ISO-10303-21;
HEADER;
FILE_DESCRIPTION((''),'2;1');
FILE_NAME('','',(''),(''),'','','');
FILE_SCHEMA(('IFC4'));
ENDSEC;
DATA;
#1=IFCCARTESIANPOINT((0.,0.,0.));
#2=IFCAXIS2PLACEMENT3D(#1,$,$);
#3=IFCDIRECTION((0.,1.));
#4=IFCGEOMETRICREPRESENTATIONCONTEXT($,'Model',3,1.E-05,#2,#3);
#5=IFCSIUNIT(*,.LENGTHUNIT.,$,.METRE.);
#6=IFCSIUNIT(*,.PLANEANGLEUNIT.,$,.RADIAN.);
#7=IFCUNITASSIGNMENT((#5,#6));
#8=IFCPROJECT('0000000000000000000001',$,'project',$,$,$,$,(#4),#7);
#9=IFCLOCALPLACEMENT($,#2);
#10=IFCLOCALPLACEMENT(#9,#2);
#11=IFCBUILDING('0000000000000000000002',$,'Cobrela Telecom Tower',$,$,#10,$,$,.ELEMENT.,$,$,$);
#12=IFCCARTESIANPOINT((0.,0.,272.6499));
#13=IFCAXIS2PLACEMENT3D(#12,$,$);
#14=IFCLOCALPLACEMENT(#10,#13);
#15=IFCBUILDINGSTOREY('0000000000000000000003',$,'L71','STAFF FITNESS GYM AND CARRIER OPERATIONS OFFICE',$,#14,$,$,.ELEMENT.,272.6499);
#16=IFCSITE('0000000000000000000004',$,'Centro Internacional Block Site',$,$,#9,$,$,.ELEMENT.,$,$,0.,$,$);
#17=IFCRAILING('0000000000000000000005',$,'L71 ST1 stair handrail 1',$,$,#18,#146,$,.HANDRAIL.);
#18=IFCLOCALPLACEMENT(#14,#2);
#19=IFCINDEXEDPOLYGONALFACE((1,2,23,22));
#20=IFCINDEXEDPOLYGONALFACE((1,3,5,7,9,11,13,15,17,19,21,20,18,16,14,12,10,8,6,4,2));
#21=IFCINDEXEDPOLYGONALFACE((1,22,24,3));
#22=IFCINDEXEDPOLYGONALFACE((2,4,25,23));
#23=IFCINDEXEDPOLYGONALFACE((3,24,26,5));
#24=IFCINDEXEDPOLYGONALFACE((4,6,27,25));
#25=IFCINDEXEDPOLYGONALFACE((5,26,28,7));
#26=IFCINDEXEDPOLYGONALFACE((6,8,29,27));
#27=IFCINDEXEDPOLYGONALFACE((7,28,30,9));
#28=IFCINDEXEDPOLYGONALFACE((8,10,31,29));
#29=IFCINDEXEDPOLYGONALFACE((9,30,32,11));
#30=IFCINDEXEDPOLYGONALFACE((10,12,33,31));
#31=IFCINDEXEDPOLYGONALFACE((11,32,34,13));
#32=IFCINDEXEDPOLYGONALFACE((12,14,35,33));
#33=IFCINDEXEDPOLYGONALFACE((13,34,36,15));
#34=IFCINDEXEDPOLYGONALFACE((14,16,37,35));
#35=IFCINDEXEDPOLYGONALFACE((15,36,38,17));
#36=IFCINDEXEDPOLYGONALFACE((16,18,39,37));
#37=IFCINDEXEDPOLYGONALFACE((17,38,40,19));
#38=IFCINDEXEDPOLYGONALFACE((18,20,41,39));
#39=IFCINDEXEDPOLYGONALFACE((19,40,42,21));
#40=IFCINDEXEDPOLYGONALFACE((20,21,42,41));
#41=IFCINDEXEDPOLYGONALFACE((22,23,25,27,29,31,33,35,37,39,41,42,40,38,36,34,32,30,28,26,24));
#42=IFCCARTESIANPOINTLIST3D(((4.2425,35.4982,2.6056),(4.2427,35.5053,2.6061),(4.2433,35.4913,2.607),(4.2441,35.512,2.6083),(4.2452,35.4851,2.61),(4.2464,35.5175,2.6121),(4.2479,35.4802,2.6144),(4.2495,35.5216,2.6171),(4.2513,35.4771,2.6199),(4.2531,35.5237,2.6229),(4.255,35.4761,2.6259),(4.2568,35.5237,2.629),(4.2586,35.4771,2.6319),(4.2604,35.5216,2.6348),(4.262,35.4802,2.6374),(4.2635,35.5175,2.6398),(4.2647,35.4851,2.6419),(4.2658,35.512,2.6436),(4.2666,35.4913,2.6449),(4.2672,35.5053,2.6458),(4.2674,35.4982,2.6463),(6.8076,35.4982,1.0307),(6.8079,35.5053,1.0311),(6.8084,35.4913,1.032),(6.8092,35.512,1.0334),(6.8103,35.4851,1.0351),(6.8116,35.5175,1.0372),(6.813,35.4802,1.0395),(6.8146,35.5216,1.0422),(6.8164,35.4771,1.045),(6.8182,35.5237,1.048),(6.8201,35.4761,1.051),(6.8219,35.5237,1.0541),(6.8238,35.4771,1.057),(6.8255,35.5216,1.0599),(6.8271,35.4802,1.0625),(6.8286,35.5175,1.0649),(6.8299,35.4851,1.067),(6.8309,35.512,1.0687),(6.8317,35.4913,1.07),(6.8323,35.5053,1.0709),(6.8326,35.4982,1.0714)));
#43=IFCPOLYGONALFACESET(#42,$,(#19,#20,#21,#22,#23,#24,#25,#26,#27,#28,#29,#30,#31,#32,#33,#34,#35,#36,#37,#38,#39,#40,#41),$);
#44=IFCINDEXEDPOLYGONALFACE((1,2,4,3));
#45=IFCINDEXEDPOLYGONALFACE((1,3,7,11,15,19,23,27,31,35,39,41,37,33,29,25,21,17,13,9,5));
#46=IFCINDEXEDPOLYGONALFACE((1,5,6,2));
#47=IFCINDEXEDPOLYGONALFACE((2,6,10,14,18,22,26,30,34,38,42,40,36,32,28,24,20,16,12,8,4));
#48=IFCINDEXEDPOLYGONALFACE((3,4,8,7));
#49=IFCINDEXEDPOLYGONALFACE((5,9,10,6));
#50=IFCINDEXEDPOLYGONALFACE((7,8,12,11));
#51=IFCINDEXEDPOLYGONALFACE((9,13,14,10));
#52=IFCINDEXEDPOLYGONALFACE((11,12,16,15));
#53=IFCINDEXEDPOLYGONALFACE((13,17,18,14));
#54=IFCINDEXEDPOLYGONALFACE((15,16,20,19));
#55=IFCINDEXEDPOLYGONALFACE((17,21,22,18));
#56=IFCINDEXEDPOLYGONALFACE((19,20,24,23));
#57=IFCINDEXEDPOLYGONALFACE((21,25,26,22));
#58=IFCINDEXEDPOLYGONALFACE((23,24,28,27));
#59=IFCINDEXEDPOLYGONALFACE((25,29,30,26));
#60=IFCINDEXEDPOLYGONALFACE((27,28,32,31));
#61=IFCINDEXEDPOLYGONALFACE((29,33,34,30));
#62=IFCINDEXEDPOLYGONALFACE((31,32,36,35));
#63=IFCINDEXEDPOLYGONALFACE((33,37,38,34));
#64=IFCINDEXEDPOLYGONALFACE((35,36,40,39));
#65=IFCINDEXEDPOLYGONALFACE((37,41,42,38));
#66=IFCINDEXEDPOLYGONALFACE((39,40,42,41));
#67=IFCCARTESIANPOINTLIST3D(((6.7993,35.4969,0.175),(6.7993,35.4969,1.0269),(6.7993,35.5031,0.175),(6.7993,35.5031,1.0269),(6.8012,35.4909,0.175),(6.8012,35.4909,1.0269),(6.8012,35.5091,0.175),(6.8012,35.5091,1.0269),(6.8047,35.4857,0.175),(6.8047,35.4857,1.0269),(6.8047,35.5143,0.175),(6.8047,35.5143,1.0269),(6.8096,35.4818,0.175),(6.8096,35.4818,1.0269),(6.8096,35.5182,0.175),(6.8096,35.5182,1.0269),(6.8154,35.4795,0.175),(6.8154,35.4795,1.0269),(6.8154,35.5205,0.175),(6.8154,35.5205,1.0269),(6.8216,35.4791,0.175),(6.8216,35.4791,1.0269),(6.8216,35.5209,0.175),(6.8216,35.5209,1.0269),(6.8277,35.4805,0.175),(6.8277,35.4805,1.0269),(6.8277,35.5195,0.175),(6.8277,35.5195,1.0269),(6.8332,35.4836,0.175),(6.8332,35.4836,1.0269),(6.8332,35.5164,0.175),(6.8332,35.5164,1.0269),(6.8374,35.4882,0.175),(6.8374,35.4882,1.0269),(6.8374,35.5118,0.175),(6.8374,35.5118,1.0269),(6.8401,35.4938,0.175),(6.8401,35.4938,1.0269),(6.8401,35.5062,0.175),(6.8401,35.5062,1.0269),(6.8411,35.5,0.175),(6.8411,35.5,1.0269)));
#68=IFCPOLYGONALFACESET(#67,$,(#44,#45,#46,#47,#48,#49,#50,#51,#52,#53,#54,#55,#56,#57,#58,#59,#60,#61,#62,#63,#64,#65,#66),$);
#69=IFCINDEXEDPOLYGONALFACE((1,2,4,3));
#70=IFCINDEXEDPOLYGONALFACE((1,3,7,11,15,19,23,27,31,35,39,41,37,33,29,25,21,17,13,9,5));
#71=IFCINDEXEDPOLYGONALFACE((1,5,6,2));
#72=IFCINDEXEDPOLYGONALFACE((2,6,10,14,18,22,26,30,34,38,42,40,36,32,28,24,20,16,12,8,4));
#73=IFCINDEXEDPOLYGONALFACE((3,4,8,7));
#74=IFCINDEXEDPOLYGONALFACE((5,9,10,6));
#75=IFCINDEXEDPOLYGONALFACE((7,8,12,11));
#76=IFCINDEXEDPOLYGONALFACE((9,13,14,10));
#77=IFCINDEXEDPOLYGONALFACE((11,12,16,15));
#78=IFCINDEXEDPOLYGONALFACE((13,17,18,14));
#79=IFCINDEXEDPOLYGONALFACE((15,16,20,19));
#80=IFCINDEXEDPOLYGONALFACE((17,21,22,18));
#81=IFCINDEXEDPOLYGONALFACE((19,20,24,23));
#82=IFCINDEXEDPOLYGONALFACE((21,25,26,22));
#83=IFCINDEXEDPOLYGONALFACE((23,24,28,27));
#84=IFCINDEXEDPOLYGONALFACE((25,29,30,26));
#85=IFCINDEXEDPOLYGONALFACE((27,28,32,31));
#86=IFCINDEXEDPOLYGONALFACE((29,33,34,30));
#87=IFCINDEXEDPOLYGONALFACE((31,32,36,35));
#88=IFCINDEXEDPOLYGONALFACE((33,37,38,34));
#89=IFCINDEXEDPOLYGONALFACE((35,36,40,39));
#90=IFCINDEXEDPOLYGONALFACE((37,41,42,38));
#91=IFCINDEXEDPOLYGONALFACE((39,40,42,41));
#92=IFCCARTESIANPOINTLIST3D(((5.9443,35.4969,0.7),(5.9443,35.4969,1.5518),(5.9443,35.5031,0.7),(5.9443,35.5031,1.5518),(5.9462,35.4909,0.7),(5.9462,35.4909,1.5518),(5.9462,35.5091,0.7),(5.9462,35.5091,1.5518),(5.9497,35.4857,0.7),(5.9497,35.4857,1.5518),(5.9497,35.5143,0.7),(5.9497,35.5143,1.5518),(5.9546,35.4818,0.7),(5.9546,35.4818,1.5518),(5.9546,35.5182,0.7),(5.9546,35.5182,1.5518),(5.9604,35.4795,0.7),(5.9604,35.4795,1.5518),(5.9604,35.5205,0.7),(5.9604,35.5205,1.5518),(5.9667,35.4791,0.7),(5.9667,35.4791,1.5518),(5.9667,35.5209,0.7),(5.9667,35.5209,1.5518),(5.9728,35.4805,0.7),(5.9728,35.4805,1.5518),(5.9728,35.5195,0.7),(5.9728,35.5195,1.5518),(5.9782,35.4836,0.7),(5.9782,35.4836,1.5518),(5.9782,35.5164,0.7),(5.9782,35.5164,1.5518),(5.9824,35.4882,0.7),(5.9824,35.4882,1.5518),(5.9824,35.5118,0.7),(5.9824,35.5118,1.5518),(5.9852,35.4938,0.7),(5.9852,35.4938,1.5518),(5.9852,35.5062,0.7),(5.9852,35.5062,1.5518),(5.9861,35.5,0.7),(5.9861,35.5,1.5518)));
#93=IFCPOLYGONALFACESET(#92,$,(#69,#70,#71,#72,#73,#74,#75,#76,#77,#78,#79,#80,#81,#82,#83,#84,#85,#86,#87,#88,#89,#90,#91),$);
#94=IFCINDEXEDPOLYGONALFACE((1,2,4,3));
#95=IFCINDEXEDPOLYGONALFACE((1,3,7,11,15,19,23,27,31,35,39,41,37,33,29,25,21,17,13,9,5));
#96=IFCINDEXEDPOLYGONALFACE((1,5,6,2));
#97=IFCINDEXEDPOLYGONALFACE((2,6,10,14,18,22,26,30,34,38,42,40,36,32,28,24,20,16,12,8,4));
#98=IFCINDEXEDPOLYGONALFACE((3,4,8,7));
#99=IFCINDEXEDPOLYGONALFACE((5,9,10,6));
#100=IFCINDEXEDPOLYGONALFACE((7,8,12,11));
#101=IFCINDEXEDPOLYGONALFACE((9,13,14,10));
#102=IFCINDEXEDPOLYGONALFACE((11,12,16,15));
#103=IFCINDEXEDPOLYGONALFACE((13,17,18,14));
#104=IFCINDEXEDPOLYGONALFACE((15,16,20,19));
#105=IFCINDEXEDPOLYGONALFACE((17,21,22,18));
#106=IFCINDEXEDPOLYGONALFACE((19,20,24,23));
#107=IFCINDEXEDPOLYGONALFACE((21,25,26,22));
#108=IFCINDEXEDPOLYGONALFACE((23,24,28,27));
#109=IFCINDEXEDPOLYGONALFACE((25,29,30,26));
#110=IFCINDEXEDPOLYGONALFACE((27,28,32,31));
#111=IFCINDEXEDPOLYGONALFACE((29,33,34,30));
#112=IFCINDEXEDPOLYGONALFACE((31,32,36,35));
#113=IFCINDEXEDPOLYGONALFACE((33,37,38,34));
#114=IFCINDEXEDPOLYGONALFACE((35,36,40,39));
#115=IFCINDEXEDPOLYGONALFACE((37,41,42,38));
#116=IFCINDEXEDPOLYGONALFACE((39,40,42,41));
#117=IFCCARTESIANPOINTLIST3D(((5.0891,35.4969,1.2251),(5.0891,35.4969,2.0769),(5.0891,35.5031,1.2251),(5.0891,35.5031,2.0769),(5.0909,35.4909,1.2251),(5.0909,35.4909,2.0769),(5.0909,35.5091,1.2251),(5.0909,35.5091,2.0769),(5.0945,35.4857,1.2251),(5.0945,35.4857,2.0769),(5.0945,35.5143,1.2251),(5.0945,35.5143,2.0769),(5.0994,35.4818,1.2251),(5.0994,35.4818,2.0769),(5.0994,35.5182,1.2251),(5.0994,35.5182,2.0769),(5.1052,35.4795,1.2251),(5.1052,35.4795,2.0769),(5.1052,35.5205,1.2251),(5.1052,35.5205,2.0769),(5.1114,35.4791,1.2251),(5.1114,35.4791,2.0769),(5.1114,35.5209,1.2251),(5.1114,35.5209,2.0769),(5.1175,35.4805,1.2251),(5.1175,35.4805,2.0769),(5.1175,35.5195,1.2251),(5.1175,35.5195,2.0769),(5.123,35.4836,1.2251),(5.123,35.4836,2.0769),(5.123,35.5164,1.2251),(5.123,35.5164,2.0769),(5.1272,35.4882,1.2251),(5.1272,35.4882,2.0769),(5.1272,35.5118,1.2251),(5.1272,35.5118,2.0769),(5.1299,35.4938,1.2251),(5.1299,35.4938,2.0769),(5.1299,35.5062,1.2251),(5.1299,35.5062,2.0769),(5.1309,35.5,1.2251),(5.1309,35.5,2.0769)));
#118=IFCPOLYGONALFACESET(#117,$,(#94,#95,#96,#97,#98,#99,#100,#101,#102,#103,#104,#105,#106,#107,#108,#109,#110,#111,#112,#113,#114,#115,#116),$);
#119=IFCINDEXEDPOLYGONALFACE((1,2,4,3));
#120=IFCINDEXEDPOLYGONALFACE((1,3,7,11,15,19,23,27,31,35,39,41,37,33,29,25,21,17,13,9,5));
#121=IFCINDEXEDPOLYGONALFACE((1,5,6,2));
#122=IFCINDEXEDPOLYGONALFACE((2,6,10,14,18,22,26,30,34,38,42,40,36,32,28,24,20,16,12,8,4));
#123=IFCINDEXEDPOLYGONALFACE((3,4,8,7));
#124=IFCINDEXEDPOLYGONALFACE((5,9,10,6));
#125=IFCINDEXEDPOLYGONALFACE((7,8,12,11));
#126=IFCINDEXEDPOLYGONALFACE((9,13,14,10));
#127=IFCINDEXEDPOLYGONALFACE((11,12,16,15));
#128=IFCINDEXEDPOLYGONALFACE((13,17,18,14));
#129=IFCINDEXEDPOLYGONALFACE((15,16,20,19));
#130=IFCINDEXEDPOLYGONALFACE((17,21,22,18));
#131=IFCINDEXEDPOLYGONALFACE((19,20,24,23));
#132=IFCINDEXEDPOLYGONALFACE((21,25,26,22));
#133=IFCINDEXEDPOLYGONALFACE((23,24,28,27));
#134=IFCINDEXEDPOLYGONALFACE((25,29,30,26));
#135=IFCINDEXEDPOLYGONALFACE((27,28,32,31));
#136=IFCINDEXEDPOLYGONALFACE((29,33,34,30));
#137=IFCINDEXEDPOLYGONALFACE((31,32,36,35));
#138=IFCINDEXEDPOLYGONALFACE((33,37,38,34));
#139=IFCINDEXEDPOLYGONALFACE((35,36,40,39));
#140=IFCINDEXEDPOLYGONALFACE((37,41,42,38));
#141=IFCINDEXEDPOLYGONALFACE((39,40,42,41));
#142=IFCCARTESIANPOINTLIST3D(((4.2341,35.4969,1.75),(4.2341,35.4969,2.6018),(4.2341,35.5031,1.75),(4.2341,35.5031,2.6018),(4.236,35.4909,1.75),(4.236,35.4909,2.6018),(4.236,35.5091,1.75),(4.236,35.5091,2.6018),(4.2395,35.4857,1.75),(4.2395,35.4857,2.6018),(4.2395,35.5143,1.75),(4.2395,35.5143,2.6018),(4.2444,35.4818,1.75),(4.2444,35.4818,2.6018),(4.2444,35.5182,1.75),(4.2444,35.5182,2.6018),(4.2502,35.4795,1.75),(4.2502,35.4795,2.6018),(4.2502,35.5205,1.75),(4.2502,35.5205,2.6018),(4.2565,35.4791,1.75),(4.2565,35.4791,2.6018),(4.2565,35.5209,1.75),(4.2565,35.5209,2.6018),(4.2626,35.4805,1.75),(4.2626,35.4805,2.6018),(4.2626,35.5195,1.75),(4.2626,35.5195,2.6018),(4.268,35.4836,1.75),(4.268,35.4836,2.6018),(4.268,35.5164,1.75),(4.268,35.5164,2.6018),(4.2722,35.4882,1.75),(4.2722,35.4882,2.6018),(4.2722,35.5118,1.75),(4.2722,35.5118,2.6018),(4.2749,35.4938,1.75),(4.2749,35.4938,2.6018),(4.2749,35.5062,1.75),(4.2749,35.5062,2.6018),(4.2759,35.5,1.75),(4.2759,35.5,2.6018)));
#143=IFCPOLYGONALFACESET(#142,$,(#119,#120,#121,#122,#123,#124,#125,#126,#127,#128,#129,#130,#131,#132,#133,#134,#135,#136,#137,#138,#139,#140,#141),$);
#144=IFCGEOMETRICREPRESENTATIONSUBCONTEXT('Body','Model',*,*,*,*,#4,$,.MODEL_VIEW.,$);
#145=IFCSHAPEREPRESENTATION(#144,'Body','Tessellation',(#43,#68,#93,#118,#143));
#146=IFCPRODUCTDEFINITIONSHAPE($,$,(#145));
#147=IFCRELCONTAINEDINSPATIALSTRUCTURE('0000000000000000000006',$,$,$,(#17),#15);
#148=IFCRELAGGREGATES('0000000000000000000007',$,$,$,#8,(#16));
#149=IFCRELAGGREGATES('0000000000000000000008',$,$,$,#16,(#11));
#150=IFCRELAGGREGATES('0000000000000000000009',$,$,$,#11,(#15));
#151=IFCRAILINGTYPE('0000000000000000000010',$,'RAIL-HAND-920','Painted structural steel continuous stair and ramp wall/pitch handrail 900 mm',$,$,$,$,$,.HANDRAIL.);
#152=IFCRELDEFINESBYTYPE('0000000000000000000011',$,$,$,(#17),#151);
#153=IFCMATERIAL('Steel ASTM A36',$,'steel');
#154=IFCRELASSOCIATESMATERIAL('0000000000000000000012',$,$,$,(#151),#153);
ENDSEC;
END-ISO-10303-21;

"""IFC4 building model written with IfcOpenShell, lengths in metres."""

from ifc_helpers import new_model, si_unit, direction, frame, origin, origin_2d, place, context, subcontext, project, spatial, circle, extrude, material, type_object, element, save


model = new_model("IFC4")

# Units and contexts
model_context = context("Model", 3, precision=1e-05, world=origin(), true_north=direction((0.0, 1.0)))
body_context = subcontext(model_context, "Body", "Model", "MODEL_VIEW")
ifc_project = project(units=[si_unit("LENGTHUNIT", "METRE"), si_unit("PLANEANGLEUNIT", "RADIAN")], contexts=[model_context])

# Site, building, storey
site_placement = place(None, origin())
site = spatial("IfcSite", under=ifc_project, at=site_placement, Name="Centro Internacional Block Site", CompositionType="ELEMENT", RefElevation=0.0)
building_placement = place(site_placement, origin())
building = spatial("IfcBuilding", under=site, at=building_placement, Name="Cobrela Telecom Tower", CompositionType="ELEMENT")
storey_placement = place(building_placement, frame((0.0, 0.0, 272.6499)))
storey = spatial("IfcBuildingStorey", under=building, at=storey_placement, Name="L71", Description="STAFF FITNESS GYM AND CARRIER OPERATIONS OFFICE", CompositionType="ELEMENT", Elevation=272.6499)

# Shared definitions
ifc_material_1 = material(Name="Steel ASTM A36", Category="steel")

# Railing
railing_type_1 = type_object("IfcRailingType", Name="RAIL-HAND-920", Description="Painted structural steel continuous stair and ramp wall/pitch handrail 900 mm", PredefinedType="HANDRAIL", material=ifc_material_1)
railing_1_placement = place(storey_placement, frame((6.8201, 35.5, 0.175)))
element("IfcRailing", 1, at=railing_1_placement, inside=storey, type_object=railing_type_1, Name="L71 ST1 stair handrail 1", PredefinedType="HANDRAIL", context=body_context, shape_type="SweptSolid", body=[
    extrude(circle(Radius=0.0239, at=origin_2d()), frame((0.0, 0.0, 0.876), z_axis=(-0.852195, 0.0, 0.523224), x_axis=(0.0, -1.0, 0.0)), (0.0, 0.0, 1.0), 3.01),
    extrude(circle(Radius=0.021, at=origin_2d()), origin(), (0.0, 0.0, 1.0), 0.8518),
    extrude(circle(Radius=0.021, at=origin_2d()), frame((-0.855, 0.0, 0.5249)), (0.0, 0.0, 1.0), 0.8518),
    extrude(circle(Radius=0.021, at=origin_2d()), frame((-1.7102, 0.0, 1.05)), (0.0, 0.0, 1.0), 0.8518),
    extrude(circle(Radius=0.021, at=origin_2d()), frame((-2.5652, 0.0, 1.575)), (0.0, 0.0, 1.0), 0.8518),
])

save(model, "model.ifc")
